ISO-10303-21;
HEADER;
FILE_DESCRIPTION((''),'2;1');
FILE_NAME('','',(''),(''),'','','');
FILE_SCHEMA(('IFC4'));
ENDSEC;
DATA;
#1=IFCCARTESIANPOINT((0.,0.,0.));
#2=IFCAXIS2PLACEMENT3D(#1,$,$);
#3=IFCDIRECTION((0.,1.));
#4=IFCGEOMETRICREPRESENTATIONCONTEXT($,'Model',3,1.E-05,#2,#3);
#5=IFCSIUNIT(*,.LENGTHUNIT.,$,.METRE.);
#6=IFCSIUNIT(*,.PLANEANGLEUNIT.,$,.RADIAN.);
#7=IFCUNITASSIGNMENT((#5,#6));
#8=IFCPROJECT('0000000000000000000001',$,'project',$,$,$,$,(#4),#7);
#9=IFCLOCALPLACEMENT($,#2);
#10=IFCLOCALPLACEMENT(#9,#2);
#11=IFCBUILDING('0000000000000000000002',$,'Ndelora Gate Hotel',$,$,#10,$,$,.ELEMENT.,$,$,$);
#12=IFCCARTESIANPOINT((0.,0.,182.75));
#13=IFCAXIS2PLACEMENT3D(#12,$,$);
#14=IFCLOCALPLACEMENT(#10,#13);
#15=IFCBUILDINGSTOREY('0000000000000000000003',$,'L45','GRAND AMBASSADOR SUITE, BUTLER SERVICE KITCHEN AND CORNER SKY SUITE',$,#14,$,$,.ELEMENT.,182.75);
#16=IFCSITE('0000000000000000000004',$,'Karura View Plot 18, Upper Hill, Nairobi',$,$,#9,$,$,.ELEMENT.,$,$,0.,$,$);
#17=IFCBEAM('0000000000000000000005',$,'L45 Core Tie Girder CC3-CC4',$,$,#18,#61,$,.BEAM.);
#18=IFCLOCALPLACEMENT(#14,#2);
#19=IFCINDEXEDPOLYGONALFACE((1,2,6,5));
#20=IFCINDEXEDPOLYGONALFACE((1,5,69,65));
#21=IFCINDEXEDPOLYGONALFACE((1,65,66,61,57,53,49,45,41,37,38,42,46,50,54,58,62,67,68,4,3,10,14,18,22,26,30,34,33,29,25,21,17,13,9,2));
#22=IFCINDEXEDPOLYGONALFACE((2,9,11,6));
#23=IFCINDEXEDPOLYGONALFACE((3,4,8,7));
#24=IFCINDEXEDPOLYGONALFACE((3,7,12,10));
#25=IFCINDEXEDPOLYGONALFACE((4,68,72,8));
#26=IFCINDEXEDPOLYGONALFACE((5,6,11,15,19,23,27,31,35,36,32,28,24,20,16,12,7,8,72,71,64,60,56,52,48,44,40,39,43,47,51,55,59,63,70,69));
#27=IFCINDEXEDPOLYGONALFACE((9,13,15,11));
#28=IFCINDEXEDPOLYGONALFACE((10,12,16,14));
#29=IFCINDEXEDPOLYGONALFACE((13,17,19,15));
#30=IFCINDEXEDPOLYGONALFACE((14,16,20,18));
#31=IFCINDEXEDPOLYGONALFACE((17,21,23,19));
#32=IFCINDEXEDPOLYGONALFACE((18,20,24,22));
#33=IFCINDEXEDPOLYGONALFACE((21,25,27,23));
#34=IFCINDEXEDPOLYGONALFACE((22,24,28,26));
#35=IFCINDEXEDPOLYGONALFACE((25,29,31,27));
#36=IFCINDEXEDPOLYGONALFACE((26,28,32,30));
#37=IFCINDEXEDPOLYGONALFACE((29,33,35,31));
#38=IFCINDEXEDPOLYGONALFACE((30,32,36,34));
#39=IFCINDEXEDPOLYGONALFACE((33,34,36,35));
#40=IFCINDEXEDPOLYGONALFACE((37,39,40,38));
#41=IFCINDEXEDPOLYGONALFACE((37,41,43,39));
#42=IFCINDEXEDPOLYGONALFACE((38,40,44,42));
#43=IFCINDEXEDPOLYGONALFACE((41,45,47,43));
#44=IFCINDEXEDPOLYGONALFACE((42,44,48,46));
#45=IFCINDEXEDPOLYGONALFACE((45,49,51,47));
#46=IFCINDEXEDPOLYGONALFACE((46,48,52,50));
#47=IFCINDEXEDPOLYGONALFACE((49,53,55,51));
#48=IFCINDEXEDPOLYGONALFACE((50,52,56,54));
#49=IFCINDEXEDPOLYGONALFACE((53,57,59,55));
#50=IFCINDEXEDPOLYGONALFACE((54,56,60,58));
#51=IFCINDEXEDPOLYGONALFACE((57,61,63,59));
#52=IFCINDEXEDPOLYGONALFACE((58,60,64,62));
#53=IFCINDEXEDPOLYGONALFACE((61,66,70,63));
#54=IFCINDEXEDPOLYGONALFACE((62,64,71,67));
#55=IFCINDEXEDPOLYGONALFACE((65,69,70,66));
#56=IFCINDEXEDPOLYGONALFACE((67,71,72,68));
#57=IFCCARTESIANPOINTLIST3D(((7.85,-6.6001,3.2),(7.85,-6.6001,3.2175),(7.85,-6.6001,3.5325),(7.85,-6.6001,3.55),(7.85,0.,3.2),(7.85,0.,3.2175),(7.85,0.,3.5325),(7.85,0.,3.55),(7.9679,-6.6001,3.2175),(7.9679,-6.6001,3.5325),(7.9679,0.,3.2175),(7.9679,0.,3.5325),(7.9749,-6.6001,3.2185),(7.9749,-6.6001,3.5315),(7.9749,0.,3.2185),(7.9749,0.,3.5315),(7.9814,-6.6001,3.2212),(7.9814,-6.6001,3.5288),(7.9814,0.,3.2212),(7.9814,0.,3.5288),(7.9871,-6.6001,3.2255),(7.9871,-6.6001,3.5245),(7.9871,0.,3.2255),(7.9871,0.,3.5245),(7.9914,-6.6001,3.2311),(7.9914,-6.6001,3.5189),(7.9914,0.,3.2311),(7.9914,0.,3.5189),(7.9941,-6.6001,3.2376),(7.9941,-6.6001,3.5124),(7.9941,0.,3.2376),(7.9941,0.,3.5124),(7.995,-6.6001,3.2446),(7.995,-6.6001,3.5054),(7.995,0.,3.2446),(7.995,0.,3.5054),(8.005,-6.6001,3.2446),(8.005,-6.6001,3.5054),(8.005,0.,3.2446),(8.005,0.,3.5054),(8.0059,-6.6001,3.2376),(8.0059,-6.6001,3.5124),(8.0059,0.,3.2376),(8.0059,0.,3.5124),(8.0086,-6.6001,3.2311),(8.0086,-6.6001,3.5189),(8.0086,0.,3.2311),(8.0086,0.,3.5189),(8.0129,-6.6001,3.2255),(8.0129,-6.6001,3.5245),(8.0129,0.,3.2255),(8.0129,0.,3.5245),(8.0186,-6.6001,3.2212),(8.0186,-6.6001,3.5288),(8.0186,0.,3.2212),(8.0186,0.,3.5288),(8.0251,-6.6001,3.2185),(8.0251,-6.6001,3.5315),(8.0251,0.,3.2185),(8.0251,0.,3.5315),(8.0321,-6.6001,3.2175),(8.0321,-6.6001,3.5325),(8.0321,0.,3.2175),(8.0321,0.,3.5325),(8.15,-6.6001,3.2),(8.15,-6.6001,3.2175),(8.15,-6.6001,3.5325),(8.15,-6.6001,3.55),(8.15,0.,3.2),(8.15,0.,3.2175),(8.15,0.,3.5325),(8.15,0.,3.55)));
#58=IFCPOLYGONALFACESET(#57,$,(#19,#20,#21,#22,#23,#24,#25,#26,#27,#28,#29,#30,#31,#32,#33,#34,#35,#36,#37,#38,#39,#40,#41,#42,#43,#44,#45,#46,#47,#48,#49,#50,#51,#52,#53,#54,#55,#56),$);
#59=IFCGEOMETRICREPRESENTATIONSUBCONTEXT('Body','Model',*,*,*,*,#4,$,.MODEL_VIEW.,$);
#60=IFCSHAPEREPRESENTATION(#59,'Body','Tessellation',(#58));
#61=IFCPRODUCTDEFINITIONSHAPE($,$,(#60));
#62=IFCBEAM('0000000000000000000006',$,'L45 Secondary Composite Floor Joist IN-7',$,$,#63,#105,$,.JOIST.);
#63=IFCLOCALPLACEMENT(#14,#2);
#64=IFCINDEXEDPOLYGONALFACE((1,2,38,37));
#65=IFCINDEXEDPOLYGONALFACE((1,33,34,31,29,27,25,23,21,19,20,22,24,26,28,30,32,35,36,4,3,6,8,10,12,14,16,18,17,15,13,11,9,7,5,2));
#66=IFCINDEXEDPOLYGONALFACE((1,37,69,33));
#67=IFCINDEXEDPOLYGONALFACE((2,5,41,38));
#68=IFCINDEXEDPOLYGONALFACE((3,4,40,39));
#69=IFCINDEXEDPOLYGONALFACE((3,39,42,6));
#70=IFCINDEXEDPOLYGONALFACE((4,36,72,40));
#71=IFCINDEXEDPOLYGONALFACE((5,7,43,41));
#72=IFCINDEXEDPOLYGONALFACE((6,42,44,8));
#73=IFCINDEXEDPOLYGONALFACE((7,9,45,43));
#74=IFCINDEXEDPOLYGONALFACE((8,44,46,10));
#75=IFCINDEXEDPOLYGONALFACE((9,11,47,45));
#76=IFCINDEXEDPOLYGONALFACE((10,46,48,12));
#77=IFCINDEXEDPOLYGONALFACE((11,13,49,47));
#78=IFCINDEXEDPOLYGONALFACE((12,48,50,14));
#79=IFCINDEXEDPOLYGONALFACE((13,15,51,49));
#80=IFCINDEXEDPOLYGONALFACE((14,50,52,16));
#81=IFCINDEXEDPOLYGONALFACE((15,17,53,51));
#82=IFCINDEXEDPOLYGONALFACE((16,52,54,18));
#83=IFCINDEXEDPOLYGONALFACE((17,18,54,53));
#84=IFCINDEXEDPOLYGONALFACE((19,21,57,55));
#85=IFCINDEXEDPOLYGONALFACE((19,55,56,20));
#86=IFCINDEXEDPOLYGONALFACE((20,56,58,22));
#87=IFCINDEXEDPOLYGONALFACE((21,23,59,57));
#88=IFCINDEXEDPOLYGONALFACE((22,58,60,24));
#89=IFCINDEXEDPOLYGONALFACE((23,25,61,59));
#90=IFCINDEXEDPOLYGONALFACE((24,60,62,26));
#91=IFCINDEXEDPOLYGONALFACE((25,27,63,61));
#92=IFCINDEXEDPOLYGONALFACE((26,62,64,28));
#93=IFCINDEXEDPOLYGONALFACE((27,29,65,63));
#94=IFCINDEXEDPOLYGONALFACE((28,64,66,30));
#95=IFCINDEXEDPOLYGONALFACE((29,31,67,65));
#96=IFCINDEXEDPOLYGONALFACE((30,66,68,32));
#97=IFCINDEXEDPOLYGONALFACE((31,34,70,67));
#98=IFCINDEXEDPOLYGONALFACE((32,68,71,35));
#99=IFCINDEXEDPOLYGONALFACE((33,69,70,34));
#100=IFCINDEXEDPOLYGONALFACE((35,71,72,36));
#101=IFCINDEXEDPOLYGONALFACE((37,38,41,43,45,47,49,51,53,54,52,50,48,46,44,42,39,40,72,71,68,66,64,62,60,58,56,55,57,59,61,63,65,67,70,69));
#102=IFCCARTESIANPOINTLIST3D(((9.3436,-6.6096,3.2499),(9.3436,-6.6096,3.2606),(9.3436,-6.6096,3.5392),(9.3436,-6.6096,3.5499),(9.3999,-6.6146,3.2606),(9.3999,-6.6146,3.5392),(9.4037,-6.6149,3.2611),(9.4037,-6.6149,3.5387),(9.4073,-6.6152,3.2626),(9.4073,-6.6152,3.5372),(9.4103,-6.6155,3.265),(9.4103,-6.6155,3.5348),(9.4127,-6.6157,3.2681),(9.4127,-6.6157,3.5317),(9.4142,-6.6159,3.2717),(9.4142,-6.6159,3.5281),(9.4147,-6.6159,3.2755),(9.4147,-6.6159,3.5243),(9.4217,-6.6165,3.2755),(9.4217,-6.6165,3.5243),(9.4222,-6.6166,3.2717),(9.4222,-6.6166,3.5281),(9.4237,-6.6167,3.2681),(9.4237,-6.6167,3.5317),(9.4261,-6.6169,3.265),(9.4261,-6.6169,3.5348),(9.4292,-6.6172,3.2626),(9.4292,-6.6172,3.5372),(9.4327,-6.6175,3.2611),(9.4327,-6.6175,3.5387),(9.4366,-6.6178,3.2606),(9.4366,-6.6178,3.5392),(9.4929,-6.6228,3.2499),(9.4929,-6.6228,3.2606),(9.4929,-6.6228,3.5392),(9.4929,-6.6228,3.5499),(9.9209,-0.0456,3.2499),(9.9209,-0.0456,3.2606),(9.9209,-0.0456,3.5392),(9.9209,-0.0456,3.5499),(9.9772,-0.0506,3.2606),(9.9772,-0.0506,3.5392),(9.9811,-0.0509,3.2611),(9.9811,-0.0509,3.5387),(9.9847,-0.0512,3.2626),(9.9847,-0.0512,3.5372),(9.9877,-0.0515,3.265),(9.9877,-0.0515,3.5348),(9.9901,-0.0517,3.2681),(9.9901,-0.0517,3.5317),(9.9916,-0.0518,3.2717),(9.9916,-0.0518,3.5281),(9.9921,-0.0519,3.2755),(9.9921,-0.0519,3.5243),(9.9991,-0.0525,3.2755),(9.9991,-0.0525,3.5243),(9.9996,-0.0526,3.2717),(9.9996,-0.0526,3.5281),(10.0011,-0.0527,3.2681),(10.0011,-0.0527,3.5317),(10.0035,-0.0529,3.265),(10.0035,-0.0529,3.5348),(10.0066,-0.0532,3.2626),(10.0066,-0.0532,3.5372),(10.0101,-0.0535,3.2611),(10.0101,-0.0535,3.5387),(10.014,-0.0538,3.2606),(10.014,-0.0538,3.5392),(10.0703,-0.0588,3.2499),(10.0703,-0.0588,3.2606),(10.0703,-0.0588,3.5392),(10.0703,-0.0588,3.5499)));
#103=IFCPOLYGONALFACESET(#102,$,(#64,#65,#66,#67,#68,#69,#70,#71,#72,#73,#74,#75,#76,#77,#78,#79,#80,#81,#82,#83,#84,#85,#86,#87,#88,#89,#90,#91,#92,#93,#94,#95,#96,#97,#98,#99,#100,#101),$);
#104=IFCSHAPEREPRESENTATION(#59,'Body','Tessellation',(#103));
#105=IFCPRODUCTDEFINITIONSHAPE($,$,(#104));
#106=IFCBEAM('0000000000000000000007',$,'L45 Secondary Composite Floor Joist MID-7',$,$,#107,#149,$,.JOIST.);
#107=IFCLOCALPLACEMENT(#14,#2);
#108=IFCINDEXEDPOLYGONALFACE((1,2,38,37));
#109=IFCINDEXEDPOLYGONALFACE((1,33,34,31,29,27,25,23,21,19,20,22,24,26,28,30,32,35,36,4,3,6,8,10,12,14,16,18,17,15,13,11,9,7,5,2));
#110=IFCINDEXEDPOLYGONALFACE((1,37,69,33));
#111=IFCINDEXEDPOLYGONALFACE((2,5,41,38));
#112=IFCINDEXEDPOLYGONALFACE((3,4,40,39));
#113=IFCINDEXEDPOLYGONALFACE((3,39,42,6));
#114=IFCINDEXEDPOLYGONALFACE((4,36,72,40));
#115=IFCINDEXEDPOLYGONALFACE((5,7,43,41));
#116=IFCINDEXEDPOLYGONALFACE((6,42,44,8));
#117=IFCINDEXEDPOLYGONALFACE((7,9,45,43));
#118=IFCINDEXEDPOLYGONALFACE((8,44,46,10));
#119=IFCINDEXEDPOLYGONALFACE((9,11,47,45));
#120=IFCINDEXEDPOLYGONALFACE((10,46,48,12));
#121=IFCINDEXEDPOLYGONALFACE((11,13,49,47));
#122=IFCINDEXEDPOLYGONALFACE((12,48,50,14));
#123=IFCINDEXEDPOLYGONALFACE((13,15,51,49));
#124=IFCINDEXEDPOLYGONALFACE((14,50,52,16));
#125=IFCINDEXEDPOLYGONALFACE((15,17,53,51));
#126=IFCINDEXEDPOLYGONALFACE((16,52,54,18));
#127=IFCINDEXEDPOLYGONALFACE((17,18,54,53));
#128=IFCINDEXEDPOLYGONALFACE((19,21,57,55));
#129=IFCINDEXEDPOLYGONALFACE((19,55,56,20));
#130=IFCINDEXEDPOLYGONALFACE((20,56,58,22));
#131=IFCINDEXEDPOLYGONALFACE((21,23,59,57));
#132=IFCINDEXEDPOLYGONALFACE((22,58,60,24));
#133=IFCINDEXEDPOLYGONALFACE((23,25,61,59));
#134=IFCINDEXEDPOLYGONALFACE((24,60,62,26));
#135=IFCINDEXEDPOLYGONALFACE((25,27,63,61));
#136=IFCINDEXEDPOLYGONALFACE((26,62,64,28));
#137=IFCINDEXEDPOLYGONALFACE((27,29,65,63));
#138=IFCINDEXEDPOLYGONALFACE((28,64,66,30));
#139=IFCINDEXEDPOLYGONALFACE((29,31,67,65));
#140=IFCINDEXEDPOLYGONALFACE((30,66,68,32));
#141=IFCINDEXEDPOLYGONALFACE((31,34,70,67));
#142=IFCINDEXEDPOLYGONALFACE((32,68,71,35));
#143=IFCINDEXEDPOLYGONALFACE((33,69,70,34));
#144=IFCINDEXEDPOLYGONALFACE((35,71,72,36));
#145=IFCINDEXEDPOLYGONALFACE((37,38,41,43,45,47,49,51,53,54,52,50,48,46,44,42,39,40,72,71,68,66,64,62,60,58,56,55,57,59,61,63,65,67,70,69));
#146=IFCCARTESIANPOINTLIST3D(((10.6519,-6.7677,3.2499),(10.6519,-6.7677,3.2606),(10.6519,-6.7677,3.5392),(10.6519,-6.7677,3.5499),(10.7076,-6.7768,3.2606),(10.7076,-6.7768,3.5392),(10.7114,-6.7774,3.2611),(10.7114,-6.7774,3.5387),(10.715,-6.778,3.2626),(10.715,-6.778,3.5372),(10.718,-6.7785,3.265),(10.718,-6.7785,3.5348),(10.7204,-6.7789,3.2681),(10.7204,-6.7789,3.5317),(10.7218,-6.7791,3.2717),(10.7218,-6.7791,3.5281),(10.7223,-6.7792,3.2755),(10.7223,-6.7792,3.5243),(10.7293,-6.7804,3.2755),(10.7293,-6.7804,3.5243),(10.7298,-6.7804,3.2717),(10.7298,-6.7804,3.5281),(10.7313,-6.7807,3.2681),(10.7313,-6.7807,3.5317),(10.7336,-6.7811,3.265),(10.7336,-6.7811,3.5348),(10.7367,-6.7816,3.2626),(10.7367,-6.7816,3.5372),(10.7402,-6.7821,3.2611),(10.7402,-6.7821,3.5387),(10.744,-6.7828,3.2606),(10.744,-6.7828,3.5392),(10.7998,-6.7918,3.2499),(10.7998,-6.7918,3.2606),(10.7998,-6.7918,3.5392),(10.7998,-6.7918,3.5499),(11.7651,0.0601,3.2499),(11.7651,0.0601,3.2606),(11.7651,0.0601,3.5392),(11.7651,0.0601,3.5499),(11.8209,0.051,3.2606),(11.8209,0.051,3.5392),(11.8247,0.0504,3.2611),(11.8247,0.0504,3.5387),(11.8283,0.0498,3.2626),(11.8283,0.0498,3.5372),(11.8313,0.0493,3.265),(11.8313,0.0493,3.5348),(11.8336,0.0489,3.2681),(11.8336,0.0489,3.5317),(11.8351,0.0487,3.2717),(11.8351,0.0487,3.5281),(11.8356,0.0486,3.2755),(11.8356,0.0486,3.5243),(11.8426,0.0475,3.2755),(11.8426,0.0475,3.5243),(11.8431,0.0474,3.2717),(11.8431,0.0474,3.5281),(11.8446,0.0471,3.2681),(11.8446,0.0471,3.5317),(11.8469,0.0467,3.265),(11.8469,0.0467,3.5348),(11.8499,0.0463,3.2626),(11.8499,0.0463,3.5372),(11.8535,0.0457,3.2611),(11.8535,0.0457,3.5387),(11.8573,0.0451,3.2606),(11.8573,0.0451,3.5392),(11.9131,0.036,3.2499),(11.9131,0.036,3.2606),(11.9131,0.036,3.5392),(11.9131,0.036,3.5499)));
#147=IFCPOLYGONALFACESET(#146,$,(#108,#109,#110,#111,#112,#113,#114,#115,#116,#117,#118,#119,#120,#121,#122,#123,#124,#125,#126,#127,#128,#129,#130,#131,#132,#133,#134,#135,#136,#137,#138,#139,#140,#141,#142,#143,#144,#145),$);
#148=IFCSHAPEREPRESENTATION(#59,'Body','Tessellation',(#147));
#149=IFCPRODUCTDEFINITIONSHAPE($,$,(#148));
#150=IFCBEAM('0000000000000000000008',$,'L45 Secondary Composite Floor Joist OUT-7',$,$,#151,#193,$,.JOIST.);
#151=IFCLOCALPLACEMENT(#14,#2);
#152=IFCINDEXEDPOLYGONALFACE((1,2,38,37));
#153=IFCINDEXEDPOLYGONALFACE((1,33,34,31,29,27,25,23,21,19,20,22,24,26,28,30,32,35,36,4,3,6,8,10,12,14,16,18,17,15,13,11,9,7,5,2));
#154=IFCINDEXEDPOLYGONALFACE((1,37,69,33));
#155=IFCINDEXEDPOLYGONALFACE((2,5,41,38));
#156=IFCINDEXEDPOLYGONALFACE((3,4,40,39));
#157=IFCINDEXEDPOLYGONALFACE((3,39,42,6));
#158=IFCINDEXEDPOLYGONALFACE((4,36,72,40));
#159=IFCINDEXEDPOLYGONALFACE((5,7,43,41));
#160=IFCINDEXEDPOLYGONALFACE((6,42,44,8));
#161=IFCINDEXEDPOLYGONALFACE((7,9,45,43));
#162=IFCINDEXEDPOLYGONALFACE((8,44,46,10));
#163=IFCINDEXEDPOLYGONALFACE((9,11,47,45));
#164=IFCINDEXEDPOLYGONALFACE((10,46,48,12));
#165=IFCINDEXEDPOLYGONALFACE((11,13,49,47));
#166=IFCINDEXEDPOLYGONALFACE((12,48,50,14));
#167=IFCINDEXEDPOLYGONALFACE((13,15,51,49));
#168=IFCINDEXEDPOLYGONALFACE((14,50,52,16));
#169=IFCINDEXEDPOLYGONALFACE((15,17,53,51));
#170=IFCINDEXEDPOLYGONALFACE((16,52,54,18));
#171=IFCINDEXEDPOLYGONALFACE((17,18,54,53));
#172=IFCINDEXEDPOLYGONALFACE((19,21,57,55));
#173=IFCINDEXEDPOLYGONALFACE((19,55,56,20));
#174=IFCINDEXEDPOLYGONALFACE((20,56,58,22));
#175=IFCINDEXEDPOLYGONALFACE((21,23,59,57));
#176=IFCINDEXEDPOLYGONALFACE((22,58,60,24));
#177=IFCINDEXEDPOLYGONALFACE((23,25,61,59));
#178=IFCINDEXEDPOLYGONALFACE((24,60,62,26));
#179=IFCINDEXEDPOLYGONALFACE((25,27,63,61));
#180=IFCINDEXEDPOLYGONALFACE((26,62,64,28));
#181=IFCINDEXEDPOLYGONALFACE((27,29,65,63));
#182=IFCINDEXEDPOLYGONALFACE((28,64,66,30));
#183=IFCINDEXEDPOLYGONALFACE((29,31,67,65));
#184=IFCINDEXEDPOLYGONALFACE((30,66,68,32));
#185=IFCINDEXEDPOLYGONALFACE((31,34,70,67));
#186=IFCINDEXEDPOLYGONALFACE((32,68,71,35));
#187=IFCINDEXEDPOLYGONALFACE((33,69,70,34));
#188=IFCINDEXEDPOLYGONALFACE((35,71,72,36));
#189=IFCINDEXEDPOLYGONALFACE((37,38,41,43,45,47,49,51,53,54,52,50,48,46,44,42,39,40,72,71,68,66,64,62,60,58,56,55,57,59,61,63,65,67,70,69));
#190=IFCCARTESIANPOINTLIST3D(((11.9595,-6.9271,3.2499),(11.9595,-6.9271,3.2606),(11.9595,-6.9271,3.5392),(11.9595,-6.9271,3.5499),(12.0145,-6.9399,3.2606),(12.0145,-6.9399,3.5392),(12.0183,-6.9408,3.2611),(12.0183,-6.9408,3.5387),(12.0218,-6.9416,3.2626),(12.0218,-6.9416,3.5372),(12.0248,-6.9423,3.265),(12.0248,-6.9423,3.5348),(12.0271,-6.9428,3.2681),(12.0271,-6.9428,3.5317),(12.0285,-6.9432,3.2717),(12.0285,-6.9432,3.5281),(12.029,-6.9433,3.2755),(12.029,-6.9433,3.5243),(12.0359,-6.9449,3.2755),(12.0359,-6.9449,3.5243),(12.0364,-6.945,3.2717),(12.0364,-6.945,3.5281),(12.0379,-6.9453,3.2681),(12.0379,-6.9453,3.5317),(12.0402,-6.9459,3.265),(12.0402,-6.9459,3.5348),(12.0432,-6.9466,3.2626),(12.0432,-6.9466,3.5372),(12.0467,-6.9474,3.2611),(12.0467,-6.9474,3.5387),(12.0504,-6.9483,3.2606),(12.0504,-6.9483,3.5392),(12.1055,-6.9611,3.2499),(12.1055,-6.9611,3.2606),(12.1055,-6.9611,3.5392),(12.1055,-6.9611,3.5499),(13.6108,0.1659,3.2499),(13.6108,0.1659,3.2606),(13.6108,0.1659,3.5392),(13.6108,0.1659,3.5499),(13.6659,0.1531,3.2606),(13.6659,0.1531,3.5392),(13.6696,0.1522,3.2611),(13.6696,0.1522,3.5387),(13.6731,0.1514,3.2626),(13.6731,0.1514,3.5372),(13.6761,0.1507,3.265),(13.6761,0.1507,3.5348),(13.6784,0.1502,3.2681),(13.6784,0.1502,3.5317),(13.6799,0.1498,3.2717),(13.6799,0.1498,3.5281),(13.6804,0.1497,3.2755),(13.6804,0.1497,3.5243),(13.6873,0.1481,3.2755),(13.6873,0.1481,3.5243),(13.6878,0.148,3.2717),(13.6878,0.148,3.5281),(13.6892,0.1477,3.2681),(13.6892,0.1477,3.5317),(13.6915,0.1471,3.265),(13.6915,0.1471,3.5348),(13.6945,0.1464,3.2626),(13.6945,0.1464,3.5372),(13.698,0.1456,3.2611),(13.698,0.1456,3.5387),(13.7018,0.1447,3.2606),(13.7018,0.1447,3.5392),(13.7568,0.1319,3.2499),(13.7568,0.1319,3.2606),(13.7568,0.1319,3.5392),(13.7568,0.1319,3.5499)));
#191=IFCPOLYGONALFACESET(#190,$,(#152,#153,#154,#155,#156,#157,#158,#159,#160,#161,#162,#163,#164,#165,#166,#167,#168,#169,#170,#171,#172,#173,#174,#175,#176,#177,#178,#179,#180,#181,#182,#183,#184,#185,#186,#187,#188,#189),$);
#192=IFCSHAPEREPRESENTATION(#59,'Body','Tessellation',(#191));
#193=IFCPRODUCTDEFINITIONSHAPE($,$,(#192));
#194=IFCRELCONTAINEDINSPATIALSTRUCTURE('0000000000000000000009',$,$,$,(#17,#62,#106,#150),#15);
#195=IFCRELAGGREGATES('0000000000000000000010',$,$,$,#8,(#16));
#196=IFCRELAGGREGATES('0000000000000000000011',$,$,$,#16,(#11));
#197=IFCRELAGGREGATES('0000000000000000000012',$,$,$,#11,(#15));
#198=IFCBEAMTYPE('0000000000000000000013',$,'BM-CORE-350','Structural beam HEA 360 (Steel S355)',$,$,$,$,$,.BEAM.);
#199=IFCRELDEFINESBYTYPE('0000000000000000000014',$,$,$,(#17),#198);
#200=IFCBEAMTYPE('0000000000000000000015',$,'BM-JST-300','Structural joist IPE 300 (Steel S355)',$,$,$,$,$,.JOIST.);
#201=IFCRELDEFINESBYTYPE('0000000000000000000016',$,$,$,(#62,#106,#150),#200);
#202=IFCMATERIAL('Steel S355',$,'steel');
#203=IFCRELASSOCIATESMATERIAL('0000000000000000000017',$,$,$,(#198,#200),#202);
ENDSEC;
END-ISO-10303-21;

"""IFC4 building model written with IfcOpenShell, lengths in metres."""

from ifc_helpers import new_model, si_unit, direction, frame, origin, origin_2d, place, context, subcontext, project, spatial, i_section, extrude, material, material_profile, profile_set, type_object, element, save


model = new_model("IFC4")

# Units and contexts
model_context = context("Model", 3, precision=1e-05, world=origin(), true_north=direction((0.0, 1.0)))
body_context = subcontext(model_context, "Body", "Model", "MODEL_VIEW")
ifc_project = project(units=[si_unit("LENGTHUNIT", "METRE"), si_unit("PLANEANGLEUNIT", "RADIAN")], contexts=[model_context])

# Site, building, storey
site_placement = place(None, origin())
site = spatial("IfcSite", under=ifc_project, at=site_placement, Name="Karura View Plot 18, Upper Hill, Nairobi", CompositionType="ELEMENT", RefElevation=0.0)
building_placement = place(site_placement, origin())
building = spatial("IfcBuilding", under=site, at=building_placement, Name="Ndelora Gate Hotel", CompositionType="ELEMENT")
storey_placement = place(building_placement, frame((0.0, 0.0, 182.75)))
storey = spatial("IfcBuildingStorey", under=building, at=storey_placement, Name="L45", Description="GRAND AMBASSADOR SUITE, BUTLER SERVICE KITCHEN AND CORNER SKY SUITE", CompositionType="ELEMENT", Elevation=182.75)

# Beams
ifc_material_1 = material(Name="Steel S355", Category="steel")
ifc_material_profile_1 = material_profile(ifc_material_1, i_section(OverallWidth=0.3, OverallDepth=0.3501, WebThickness=0.01, FlangeThickness=0.0176, FilletRadius=0.0271, at=origin_2d()), Name="HEA 360")
ifc_profile_set_1 = profile_set([ifc_material_profile_1], Name="Steel S355")
beam_type_1 = type_object("IfcBeamType", Name="BM-CORE-350", Description="Structural beam HEA 360 (Steel S355)", PredefinedType="BEAM", material=ifc_profile_set_1)
beam_1_placement = place(storey_placement, frame((8.0, -6.6001, 3.375), z_axis=(0.0, 1.0, 0.0), x_axis=(-1.0, 0.0, 0.0)))
element("IfcBeam", 1, at=beam_1_placement, inside=storey, type_object=beam_type_1, Name="L45 Core Tie Girder CC3-CC4", PredefinedType="BEAM", context=body_context, shape_type="SweptSolid", body=[
    extrude(i_section(OverallWidth=0.3, OverallDepth=0.3501, WebThickness=0.01, FlangeThickness=0.0176, FilletRadius=0.0271, at=origin_2d()), origin(), (0.0, 0.0, 1.0), 6.6001),
])
ifc_material_profile_2 = material_profile(ifc_material_1, i_section(OverallWidth=0.1499, OverallDepth=0.3, WebThickness=0.0071, FlangeThickness=0.0107, FilletRadius=0.0149, at=origin_2d()), Name="IPE 300")
ifc_profile_set_2 = profile_set([ifc_material_profile_2], Name="Steel S355")
beam_type_2 = type_object("IfcBeamType", Name="BM-JST-300", Description="Structural joist IPE 300 (Steel S355)", PredefinedType="JOIST", material=ifc_profile_set_2)
beam_2_placement = place(storey_placement, frame((9.4182, -6.6162, 3.3999), z_axis=(0.087626, 0.996153, 0.0), x_axis=(-0.996153, 0.087626, 0.0)))
element("IfcBeam", 2, at=beam_2_placement, inside=storey, type_object=beam_type_2, Name="L45 Secondary Composite Floor Joist IN-7", PredefinedType="JOIST", context=body_context, shape_type="SweptSolid", body=[
    extrude(i_section(OverallWidth=0.1499, OverallDepth=0.3, WebThickness=0.0071, FlangeThickness=0.0107, FilletRadius=0.0149, at=origin_2d()), origin(), (0.0, 0.0, 1.0), 6.5894),
])
beam_3_placement = place(storey_placement, frame((10.7258, -6.7798, 3.3999), z_axis=(0.160924, 0.986967, 0.0), x_axis=(-0.986967, 0.160924, 0.0)))
element("IfcBeam", 3, at=beam_3_placement, inside=storey, type_object=beam_type_2, Name="L45 Secondary Composite Floor Joist MID-7", PredefinedType="JOIST", context=body_context, shape_type="SweptSolid", body=[
    extrude(i_section(OverallWidth=0.1499, OverallDepth=0.3, WebThickness=0.0071, FlangeThickness=0.0107, FilletRadius=0.0149, at=origin_2d()), origin(), (0.0, 0.0, 1.0), 6.918),
])
beam_4_placement = place(storey_placement, frame((12.0325, -6.9441, 3.3999), z_axis=(0.226752, 0.973953, 0.0), x_axis=(-0.973953, 0.226752, 0.0)))
element("IfcBeam", 4, at=beam_4_placement, inside=storey, type_object=beam_type_2, Name="L45 Secondary Composite Floor Joist OUT-7", PredefinedType="JOIST", context=body_context, shape_type="SweptSolid", body=[
    extrude(i_section(OverallWidth=0.1499, OverallDepth=0.3, WebThickness=0.0071, FlangeThickness=0.0107, FilletRadius=0.0149, at=origin_2d()), origin(), (0.0, 0.0, 1.0), 7.2827),
])

save(model, "model.ifc")
